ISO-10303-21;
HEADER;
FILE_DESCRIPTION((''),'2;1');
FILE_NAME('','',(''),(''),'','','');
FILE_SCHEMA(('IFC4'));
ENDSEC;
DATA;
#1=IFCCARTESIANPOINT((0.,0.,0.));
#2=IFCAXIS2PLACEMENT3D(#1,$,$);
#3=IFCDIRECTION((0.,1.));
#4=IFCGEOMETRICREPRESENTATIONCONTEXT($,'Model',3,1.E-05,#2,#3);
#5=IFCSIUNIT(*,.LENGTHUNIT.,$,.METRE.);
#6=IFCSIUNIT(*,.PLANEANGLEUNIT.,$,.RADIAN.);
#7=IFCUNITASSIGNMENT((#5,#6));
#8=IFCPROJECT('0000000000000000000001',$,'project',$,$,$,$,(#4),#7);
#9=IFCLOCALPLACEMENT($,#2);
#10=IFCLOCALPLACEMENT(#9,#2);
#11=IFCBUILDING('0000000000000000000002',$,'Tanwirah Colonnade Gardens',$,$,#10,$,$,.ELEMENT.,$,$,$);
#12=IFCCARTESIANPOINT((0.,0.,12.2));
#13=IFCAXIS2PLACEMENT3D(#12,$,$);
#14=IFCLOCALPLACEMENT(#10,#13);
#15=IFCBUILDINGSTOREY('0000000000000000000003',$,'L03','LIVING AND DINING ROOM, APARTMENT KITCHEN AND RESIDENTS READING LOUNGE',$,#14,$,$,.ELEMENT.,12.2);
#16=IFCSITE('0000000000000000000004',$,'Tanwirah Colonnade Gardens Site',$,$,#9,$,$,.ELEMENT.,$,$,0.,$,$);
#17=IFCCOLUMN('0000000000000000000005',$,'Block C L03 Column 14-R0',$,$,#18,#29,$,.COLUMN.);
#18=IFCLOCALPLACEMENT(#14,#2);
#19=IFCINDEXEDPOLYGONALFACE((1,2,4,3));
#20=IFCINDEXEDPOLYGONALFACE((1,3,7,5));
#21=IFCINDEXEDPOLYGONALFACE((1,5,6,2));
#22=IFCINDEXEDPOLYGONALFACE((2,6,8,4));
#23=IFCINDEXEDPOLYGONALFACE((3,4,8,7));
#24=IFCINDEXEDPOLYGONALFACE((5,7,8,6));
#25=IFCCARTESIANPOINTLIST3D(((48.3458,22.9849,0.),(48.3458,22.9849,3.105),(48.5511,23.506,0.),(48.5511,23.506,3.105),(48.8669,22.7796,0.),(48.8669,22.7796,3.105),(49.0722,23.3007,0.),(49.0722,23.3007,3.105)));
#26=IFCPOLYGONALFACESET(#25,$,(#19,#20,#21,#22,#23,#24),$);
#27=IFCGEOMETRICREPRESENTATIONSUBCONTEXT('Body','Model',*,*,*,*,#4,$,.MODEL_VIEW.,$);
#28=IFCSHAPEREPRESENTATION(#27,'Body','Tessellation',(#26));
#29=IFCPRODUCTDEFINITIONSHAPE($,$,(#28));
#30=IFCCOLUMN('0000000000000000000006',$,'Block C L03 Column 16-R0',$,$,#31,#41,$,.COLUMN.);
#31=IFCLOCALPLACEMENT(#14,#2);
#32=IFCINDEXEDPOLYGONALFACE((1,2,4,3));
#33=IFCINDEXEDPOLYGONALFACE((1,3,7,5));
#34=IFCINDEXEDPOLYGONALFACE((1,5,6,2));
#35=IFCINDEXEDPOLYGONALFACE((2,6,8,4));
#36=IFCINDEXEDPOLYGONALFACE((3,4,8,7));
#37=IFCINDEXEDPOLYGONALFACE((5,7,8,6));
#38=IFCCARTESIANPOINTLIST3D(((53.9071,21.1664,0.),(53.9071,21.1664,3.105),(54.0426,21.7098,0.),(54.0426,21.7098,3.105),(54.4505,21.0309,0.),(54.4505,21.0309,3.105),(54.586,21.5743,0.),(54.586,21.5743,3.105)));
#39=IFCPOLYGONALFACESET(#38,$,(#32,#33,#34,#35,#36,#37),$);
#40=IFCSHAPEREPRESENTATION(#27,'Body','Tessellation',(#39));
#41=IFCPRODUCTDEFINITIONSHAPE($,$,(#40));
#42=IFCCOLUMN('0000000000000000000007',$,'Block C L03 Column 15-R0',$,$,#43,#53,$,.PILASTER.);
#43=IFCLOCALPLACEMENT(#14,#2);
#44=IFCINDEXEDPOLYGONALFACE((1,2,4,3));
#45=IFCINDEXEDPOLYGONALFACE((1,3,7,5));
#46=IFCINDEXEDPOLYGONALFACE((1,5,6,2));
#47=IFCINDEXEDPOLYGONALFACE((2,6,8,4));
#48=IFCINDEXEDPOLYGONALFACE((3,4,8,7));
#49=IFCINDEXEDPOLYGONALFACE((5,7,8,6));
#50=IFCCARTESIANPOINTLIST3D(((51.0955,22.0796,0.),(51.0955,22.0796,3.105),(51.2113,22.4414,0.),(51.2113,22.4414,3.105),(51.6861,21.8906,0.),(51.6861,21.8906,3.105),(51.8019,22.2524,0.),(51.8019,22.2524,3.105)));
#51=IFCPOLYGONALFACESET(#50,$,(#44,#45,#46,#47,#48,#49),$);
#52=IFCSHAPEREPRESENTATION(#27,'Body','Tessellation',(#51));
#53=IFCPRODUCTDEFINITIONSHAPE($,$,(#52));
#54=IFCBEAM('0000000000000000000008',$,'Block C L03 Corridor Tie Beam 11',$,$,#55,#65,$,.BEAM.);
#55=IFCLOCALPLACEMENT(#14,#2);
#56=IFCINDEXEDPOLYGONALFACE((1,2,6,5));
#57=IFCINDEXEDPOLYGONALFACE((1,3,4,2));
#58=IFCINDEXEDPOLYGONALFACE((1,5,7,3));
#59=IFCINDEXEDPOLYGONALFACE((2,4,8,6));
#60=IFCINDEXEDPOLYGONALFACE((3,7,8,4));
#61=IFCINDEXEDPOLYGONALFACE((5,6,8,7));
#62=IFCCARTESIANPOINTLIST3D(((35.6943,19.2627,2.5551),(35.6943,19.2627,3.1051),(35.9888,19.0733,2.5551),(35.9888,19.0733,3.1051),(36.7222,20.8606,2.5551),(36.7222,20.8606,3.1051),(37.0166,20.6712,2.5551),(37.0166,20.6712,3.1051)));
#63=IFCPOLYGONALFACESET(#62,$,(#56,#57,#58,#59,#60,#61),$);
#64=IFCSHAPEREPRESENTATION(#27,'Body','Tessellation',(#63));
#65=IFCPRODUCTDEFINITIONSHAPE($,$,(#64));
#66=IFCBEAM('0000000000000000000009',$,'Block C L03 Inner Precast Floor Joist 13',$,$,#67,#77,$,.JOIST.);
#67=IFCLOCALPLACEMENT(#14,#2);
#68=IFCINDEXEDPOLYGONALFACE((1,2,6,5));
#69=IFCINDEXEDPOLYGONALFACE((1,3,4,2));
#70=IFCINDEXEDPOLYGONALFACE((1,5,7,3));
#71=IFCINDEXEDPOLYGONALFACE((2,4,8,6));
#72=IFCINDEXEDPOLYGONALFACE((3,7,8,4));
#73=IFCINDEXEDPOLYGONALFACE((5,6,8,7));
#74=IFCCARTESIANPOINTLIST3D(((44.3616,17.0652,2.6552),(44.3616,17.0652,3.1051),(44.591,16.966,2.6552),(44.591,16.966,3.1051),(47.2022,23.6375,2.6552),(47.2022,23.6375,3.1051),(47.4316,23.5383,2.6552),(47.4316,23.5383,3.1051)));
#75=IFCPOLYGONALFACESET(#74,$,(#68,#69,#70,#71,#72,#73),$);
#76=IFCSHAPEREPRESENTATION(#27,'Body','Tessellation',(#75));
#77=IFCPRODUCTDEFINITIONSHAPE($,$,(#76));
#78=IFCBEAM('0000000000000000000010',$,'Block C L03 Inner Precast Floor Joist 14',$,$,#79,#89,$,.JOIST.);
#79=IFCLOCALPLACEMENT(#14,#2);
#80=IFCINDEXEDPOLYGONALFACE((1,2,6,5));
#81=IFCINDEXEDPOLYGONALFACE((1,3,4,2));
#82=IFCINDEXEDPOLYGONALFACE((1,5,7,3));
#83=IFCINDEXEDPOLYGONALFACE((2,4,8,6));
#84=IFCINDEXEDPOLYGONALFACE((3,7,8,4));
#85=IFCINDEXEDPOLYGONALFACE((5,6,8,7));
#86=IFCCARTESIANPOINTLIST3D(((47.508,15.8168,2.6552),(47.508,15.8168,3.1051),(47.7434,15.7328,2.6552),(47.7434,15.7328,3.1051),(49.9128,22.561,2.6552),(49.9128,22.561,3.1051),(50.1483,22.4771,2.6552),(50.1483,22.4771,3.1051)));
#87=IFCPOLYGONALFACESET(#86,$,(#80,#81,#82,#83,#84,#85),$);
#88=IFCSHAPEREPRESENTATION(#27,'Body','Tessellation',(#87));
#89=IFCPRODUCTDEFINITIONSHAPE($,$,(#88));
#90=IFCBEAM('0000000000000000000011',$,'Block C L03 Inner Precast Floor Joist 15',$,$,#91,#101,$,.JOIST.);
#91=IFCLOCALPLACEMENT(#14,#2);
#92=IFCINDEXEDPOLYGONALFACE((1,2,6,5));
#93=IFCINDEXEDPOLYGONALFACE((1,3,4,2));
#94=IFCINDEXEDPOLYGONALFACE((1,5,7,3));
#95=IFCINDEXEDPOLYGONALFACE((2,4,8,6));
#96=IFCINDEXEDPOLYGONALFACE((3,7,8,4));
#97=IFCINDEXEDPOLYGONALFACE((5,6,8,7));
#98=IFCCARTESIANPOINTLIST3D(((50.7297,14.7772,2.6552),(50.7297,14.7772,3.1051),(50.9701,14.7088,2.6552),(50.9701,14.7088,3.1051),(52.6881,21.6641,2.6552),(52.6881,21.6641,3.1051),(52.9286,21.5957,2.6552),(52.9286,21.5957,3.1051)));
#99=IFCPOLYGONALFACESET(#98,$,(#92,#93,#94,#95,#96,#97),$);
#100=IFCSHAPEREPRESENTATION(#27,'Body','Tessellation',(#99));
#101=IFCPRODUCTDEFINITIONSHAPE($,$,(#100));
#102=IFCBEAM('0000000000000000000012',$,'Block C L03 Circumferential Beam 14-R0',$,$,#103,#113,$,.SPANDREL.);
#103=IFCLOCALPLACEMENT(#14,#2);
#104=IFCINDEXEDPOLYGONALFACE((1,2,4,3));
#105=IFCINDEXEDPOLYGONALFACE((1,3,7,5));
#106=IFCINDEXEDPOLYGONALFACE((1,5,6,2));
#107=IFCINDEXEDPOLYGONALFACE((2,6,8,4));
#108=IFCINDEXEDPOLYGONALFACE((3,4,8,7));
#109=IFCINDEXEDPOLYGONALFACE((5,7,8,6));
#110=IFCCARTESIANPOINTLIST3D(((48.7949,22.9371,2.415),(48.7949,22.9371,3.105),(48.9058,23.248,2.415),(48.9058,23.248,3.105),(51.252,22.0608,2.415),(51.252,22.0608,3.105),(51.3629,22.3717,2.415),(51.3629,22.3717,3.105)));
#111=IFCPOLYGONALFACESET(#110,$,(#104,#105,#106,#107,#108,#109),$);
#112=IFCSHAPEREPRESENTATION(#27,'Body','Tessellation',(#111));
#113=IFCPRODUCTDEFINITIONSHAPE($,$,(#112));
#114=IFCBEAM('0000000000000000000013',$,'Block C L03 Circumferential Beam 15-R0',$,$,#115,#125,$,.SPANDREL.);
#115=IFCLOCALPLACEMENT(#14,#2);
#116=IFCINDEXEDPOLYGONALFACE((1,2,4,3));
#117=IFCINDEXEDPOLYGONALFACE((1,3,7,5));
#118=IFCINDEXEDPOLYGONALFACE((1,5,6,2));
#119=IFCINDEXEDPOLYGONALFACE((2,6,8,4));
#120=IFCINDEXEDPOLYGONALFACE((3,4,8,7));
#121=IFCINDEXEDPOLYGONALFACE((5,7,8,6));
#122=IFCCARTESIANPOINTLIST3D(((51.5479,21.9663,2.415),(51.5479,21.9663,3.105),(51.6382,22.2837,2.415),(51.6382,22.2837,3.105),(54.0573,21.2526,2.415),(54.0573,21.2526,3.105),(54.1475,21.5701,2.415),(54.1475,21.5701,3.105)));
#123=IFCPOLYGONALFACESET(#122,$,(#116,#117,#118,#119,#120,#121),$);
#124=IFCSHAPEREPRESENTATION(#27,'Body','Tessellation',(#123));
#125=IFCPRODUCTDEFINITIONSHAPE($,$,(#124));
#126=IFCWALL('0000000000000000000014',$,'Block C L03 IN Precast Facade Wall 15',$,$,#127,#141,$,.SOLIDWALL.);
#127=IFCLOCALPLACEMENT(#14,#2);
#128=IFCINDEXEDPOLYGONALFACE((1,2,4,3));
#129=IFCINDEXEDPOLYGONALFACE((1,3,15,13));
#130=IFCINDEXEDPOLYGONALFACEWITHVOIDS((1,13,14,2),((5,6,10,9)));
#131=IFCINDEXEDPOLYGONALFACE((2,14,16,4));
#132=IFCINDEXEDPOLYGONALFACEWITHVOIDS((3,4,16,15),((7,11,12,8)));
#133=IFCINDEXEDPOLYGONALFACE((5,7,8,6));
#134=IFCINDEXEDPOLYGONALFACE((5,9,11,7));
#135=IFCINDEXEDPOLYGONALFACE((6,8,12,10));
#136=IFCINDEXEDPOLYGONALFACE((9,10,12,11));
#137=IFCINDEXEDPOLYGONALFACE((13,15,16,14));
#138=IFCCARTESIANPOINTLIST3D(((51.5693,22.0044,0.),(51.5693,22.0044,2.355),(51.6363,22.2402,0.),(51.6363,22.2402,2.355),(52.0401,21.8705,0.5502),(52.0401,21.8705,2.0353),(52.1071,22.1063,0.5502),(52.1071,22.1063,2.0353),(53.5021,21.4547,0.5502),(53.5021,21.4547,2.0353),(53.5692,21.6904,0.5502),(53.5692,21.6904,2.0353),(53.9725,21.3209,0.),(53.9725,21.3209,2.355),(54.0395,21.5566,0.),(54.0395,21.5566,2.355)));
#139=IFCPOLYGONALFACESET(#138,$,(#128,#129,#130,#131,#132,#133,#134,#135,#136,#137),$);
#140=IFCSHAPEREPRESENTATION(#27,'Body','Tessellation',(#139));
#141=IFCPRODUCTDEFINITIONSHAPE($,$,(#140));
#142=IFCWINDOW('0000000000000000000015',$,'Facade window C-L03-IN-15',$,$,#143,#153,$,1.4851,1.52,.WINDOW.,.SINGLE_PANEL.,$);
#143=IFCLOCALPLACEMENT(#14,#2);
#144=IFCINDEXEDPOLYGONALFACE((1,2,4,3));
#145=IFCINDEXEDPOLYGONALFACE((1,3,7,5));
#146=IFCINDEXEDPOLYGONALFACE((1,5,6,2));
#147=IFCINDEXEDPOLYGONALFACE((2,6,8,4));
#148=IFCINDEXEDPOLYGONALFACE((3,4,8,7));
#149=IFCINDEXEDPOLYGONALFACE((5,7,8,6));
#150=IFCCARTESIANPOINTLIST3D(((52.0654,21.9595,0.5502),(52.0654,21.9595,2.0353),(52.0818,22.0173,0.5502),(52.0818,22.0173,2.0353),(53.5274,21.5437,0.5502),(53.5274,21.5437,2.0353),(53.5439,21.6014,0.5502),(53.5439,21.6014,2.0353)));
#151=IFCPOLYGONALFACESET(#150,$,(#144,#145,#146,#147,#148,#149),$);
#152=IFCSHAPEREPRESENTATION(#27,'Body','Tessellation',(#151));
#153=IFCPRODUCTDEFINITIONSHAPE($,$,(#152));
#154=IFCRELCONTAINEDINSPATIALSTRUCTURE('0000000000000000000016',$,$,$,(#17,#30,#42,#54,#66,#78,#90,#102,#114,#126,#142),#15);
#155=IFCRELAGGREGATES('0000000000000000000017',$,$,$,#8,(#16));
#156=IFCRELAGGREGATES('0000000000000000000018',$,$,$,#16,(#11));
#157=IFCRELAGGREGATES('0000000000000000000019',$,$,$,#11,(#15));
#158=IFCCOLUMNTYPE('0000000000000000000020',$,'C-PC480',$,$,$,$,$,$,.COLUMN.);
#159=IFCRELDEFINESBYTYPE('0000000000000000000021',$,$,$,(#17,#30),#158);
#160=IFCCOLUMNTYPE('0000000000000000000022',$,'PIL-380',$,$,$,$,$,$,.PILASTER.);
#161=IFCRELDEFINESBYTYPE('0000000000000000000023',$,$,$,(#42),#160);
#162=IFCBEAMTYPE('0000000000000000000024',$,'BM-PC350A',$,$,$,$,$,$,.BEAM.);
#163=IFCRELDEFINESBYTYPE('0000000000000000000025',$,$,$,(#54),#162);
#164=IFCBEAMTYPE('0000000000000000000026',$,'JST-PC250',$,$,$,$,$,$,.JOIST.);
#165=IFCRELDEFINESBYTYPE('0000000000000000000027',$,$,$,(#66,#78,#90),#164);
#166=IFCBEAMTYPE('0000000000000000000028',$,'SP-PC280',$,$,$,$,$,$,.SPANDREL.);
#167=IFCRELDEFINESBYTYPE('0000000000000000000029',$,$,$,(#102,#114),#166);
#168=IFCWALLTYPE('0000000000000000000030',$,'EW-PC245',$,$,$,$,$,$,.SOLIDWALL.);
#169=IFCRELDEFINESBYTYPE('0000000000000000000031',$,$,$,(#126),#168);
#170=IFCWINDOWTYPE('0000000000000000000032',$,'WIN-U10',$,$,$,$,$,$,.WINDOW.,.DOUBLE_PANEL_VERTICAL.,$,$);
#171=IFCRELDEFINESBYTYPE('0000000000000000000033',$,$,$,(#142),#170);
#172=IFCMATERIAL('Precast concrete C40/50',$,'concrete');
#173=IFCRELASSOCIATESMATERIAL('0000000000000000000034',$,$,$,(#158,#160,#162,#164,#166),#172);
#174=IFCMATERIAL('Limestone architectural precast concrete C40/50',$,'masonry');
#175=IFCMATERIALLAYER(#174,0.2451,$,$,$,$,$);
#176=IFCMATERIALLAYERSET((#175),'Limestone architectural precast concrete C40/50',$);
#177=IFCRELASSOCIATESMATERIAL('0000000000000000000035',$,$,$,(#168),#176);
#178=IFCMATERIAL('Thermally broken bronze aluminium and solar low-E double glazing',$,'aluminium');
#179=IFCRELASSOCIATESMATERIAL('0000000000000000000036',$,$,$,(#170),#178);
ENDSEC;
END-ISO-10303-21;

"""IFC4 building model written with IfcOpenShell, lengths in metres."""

from ifc_helpers import new_model, si_unit, direction, frame, frame_2d, origin, origin_2d, place, context, subcontext, project, spatial, rectangle, extrude, material, layer, layer_set, material_profile, profile_set, type_object, element, fill, save


model = new_model("IFC4")

# Units and contexts
model_context = context("Model", 3, precision=1e-05, world=origin(), true_north=direction((0.0, 1.0)))
body_context = subcontext(model_context, "Body", "Model", "MODEL_VIEW")
ifc_project = project(units=[si_unit("LENGTHUNIT", "METRE"), si_unit("PLANEANGLEUNIT", "RADIAN")], contexts=[model_context])

# Site, building, storey
site_placement = place(None, origin())
site = spatial("IfcSite", under=ifc_project, at=site_placement, Name="Tanwirah Colonnade Gardens Site", CompositionType="ELEMENT", RefElevation=0.0)
building_placement = place(site_placement, origin())
building = spatial("IfcBuilding", under=site, at=building_placement, Name="Tanwirah Colonnade Gardens", CompositionType="ELEMENT")
storey_placement = place(building_placement, frame((0.0, 0.0, 12.2)))
storey = spatial("IfcBuildingStorey", under=building, at=storey_placement, Name="L03", Description="LIVING AND DINING ROOM, APARTMENT KITCHEN AND RESIDENTS READING LOUNGE", CompositionType="ELEMENT", Elevation=12.2)

# Columns
ifc_material_1 = material(Name="Precast concrete C40/50", Category="concrete")
ifc_material_profile_1 = material_profile(ifc_material_1, rectangle(XDim=0.5601, YDim=0.5601, at=origin_2d()), Name="PC-COL 560x560")
ifc_profile_set_1 = profile_set([ifc_material_profile_1], Name="Precast concrete C40/50")
column_type_1 = type_object("IfcColumnType", Name="C-PC480", PredefinedType="COLUMN", material=ifc_profile_set_1)
for number, where, z_axis, x_axis, name in (
    (1, (48.709, 23.1428, 0.0), (0.0, 0.0, 1.0), (-0.366501, -0.930418, 0.0), "Block C L03 Column 14-R0"),
    (2, (54.2466, 21.3704, 0.0), (0.0, 0.0, 1.0), (-0.241922, -0.970296, 0.0), "Block C L03 Column 16-R0"),
):
    element("IfcColumn", number, at=place(storey_placement, frame(where, z_axis=z_axis, x_axis=x_axis)), inside=storey, type_object=column_type_1, Name=name, PredefinedType="COLUMN", context=body_context, shape_type="SweptSolid", body=[
        extrude(rectangle(XDim=0.5601, YDim=0.5601, at=origin_2d()), origin(), (0.0, 0.0, 1.0), 3.105),
    ])
ifc_material_profile_2 = material_profile(ifc_material_1, rectangle(XDim=0.3799, YDim=0.6201, at=origin_2d()), Name="PC-PIL 380x620")
ifc_profile_set_2 = profile_set([ifc_material_profile_2], Name="Precast concrete C40/50")
column_type_2 = type_object("IfcColumnType", Name="PIL-380", PredefinedType="PILASTER", material=ifc_profile_set_2)
column_placement = place(storey_placement, frame((51.4487, 22.166, 0.0), z_axis=(0.0, 0.0, 1.0), x_axis=(-0.304864, -0.952396, 0.0)))
element("IfcColumn", 3, at=column_placement, inside=storey, type_object=column_type_2, Name="Block C L03 Column 15-R0", PredefinedType="PILASTER", context=body_context, shape_type="SweptSolid", body=[
    extrude(rectangle(XDim=0.3799, YDim=0.6201, at=origin_2d()), origin(), (0.0, 0.0, 1.0), 3.105),
])

# Beams
ifc_material_profile_3 = material_profile(ifc_material_1, rectangle(XDim=0.3501, YDim=0.55, at=origin_2d()), Name="PC-BM 350x550")
ifc_profile_set_3 = profile_set([ifc_material_profile_3], Name="Precast concrete C40/50")
beam_type_1 = type_object("IfcBeamType", Name="BM-PC350A", PredefinedType="BEAM", material=ifc_profile_set_3)
beam_1_placement = place(storey_placement, frame((36.8694, 20.7659, 2.8301), z_axis=(-0.540985, -0.841032, 0.0), x_axis=(0.841032, -0.540985, 0.0)))
element("IfcBeam", 4, at=beam_1_placement, inside=storey, type_object=beam_type_1, Name="Block C L03 Corridor Tie Beam 11", PredefinedType="BEAM", context=body_context, shape_type="SweptSolid", body=[
    extrude(rectangle(XDim=0.3501, YDim=0.55, at=origin_2d()), origin(), (0.0, 0.0, 1.0), 1.8999),
])
ifc_material_profile_4 = material_profile(ifc_material_1, rectangle(XDim=0.25, YDim=0.45, at=origin_2d()), Name="PC-JST 250x450")
ifc_profile_set_4 = profile_set([ifc_material_profile_4], Name="Precast concrete C40/50")
beam_type_2 = type_object("IfcBeamType", Name="JST-PC250", PredefinedType="JOIST", material=ifc_profile_set_4)
beam_2_placement = place(storey_placement, frame((47.3169, 23.5879, 2.8801), z_axis=(-0.396736, -0.917933, 0.0), x_axis=(0.917933, -0.396736, 0.0)))
element("IfcBeam", 5, at=beam_2_placement, inside=storey, type_object=beam_type_2, Name="Block C L03 Inner Precast Floor Joist 13", PredefinedType="JOIST", context=body_context, shape_type="SweptSolid", body=[
    extrude(rectangle(XDim=0.25, YDim=0.45, at=origin_2d()), origin(), (0.0, 0.0, 1.0), 7.1599),
])
beam_3_placement = place(storey_placement, frame((50.0305, 22.519, 2.8801), z_axis=(-0.335861, -0.941912, 0.0), x_axis=(0.941912, -0.335861, 0.0)))
element("IfcBeam", 6, at=beam_3_placement, inside=storey, type_object=beam_type_2, Name="Block C L03 Inner Precast Floor Joist 14", PredefinedType="JOIST", context=body_context, shape_type="SweptSolid", body=[
    extrude(rectangle(XDim=0.25, YDim=0.45, at=origin_2d()), origin(), (0.0, 0.0, 1.0), 7.1602),
])
beam_4_placement = place(storey_placement, frame((52.8083, 21.6299, 2.8801), z_axis=(-0.273532, -0.961863, 0.0), x_axis=(0.961863, -0.273532, 0.0)))
element("IfcBeam", 7, at=beam_4_placement, inside=storey, type_object=beam_type_2, Name="Block C L03 Inner Precast Floor Joist 15", PredefinedType="JOIST", context=body_context, shape_type="SweptSolid", body=[
    extrude(rectangle(XDim=0.25, YDim=0.45, at=origin_2d()), origin(), (0.0, 0.0, 1.0), 7.1599),
])
ifc_material_profile_5 = material_profile(ifc_material_1, rectangle(XDim=0.3301, YDim=0.6899, at=origin_2d()), Name="PC-SP 330x690")
ifc_profile_set_5 = profile_set([ifc_material_profile_5], Name="Precast concrete C40/50")
beam_type_3 = type_object("IfcBeamType", Name="SP-PC280", PredefinedType="SPANDREL", material=ifc_profile_set_5)
beam_5_placement = place(storey_placement, frame((48.8503, 23.0925, 2.76), z_axis=(0.941898, -0.335898, 0.0), x_axis=(0.335898, 0.941898, 0.0)))
element("IfcBeam", 8, at=beam_5_placement, inside=storey, type_object=beam_type_3, Name="Block C L03 Circumferential Beam 14-R0", PredefinedType="SPANDREL", context=body_context, shape_type="SweptSolid", body=[
    extrude(rectangle(XDim=0.3301, YDim=0.6899, at=origin_2d()), origin(), (0.0, 0.0, 1.0), 2.6086),
])
beam_6_placement = place(storey_placement, frame((51.593, 22.125, 2.76), z_axis=(0.961859, -0.273547, 0.0), x_axis=(0.273547, 0.961859, 0.0)))
element("IfcBeam", 9, at=beam_6_placement, inside=storey, type_object=beam_type_3, Name="Block C L03 Circumferential Beam 15-R0", PredefinedType="SPANDREL", context=body_context, shape_type="SweptSolid", body=[
    extrude(rectangle(XDim=0.3301, YDim=0.6899, at=origin_2d()), origin(), (0.0, 0.0, 1.0), 2.6089),
])

# Shared definitions
ifc_material_2 = material(Name="Limestone architectural precast concrete C40/50", Category="masonry")
ifc_layer_1 = layer(ifc_material_2, 0.2451)
ifc_layer_set_1 = layer_set([ifc_layer_1], Name="Limestone architectural precast concrete C40/50")
wall_type_1 = type_object("IfcWallType", Name="EW-PC245", PredefinedType="SOLIDWALL", material=ifc_layer_set_1)

# Wall, opening, window
wall_1_placement = place(storey_placement, frame((51.6028, 22.1223, 0.0), z_axis=(0.0, 0.0, 1.0), x_axis=(0.961848, -0.273585, 0.0)))
wall_1 = element("IfcWall", 10, at=wall_1_placement, inside=storey, type_object=wall_type_1, Name="Block C L03 IN Precast Facade Wall 15", PredefinedType="SOLIDWALL", context=body_context, shape_type="SweptSolid", body=[
    extrude(rectangle(XDim=2.4985, YDim=0.2451, at=frame_2d((1.2493, 0.0))), origin(), (0.0, 0.0, 1.0), 2.355),
])
opening_1_placement = place(wall_1_placement, frame((0.4895, 0.0, 0.55)))
opening_1 = element("IfcOpeningElement", 11, at=opening_1_placement, cuts=wall_1, PredefinedType="OPENING", context=body_context, shape_type="SweptSolid", body=[
    extrude(rectangle(XDim=1.52, YDim=1.4851, at=frame_2d((0.76, 0.7427))), frame((0.0, 0.1326, 0.0), z_axis=(0.0, -1.0, 0.0), x_axis=(1.0, 0.0, 0.0)), (0.0, 0.0, 1.0), 0.2651),
])
ifc_material_3 = material(Name="Thermally broken bronze aluminium and solar low-E double glazing", Category="aluminium")
window_type = type_object("IfcWindowType", Name="WIN-U10", PartitioningType="DOUBLE_PANEL_VERTICAL", PredefinedType="WINDOW", material=ifc_material_3)
window_placement = place(opening_1_placement, origin())
window = element("IfcWindow", 12, at=window_placement, inside=storey, type_object=window_type, Name="Facade window C-L03-IN-15", OverallHeight=1.4851, OverallWidth=1.52, PartitioningType="SINGLE_PANEL", PredefinedType="WINDOW", context=body_context, shape_type="SweptSolid", body=[
    extrude(rectangle(XDim=1.52, YDim=1.4851, at=frame_2d((0.76, 0.7427))), frame((0.0, 0.03, 0.0), z_axis=(0.0, -1.0, 0.0), x_axis=(1.0, 0.0, 0.0)), (0.0, 0.0, 1.0), 0.0601),
])
fill(opening_1, window)

save(model, "model.ifc")
